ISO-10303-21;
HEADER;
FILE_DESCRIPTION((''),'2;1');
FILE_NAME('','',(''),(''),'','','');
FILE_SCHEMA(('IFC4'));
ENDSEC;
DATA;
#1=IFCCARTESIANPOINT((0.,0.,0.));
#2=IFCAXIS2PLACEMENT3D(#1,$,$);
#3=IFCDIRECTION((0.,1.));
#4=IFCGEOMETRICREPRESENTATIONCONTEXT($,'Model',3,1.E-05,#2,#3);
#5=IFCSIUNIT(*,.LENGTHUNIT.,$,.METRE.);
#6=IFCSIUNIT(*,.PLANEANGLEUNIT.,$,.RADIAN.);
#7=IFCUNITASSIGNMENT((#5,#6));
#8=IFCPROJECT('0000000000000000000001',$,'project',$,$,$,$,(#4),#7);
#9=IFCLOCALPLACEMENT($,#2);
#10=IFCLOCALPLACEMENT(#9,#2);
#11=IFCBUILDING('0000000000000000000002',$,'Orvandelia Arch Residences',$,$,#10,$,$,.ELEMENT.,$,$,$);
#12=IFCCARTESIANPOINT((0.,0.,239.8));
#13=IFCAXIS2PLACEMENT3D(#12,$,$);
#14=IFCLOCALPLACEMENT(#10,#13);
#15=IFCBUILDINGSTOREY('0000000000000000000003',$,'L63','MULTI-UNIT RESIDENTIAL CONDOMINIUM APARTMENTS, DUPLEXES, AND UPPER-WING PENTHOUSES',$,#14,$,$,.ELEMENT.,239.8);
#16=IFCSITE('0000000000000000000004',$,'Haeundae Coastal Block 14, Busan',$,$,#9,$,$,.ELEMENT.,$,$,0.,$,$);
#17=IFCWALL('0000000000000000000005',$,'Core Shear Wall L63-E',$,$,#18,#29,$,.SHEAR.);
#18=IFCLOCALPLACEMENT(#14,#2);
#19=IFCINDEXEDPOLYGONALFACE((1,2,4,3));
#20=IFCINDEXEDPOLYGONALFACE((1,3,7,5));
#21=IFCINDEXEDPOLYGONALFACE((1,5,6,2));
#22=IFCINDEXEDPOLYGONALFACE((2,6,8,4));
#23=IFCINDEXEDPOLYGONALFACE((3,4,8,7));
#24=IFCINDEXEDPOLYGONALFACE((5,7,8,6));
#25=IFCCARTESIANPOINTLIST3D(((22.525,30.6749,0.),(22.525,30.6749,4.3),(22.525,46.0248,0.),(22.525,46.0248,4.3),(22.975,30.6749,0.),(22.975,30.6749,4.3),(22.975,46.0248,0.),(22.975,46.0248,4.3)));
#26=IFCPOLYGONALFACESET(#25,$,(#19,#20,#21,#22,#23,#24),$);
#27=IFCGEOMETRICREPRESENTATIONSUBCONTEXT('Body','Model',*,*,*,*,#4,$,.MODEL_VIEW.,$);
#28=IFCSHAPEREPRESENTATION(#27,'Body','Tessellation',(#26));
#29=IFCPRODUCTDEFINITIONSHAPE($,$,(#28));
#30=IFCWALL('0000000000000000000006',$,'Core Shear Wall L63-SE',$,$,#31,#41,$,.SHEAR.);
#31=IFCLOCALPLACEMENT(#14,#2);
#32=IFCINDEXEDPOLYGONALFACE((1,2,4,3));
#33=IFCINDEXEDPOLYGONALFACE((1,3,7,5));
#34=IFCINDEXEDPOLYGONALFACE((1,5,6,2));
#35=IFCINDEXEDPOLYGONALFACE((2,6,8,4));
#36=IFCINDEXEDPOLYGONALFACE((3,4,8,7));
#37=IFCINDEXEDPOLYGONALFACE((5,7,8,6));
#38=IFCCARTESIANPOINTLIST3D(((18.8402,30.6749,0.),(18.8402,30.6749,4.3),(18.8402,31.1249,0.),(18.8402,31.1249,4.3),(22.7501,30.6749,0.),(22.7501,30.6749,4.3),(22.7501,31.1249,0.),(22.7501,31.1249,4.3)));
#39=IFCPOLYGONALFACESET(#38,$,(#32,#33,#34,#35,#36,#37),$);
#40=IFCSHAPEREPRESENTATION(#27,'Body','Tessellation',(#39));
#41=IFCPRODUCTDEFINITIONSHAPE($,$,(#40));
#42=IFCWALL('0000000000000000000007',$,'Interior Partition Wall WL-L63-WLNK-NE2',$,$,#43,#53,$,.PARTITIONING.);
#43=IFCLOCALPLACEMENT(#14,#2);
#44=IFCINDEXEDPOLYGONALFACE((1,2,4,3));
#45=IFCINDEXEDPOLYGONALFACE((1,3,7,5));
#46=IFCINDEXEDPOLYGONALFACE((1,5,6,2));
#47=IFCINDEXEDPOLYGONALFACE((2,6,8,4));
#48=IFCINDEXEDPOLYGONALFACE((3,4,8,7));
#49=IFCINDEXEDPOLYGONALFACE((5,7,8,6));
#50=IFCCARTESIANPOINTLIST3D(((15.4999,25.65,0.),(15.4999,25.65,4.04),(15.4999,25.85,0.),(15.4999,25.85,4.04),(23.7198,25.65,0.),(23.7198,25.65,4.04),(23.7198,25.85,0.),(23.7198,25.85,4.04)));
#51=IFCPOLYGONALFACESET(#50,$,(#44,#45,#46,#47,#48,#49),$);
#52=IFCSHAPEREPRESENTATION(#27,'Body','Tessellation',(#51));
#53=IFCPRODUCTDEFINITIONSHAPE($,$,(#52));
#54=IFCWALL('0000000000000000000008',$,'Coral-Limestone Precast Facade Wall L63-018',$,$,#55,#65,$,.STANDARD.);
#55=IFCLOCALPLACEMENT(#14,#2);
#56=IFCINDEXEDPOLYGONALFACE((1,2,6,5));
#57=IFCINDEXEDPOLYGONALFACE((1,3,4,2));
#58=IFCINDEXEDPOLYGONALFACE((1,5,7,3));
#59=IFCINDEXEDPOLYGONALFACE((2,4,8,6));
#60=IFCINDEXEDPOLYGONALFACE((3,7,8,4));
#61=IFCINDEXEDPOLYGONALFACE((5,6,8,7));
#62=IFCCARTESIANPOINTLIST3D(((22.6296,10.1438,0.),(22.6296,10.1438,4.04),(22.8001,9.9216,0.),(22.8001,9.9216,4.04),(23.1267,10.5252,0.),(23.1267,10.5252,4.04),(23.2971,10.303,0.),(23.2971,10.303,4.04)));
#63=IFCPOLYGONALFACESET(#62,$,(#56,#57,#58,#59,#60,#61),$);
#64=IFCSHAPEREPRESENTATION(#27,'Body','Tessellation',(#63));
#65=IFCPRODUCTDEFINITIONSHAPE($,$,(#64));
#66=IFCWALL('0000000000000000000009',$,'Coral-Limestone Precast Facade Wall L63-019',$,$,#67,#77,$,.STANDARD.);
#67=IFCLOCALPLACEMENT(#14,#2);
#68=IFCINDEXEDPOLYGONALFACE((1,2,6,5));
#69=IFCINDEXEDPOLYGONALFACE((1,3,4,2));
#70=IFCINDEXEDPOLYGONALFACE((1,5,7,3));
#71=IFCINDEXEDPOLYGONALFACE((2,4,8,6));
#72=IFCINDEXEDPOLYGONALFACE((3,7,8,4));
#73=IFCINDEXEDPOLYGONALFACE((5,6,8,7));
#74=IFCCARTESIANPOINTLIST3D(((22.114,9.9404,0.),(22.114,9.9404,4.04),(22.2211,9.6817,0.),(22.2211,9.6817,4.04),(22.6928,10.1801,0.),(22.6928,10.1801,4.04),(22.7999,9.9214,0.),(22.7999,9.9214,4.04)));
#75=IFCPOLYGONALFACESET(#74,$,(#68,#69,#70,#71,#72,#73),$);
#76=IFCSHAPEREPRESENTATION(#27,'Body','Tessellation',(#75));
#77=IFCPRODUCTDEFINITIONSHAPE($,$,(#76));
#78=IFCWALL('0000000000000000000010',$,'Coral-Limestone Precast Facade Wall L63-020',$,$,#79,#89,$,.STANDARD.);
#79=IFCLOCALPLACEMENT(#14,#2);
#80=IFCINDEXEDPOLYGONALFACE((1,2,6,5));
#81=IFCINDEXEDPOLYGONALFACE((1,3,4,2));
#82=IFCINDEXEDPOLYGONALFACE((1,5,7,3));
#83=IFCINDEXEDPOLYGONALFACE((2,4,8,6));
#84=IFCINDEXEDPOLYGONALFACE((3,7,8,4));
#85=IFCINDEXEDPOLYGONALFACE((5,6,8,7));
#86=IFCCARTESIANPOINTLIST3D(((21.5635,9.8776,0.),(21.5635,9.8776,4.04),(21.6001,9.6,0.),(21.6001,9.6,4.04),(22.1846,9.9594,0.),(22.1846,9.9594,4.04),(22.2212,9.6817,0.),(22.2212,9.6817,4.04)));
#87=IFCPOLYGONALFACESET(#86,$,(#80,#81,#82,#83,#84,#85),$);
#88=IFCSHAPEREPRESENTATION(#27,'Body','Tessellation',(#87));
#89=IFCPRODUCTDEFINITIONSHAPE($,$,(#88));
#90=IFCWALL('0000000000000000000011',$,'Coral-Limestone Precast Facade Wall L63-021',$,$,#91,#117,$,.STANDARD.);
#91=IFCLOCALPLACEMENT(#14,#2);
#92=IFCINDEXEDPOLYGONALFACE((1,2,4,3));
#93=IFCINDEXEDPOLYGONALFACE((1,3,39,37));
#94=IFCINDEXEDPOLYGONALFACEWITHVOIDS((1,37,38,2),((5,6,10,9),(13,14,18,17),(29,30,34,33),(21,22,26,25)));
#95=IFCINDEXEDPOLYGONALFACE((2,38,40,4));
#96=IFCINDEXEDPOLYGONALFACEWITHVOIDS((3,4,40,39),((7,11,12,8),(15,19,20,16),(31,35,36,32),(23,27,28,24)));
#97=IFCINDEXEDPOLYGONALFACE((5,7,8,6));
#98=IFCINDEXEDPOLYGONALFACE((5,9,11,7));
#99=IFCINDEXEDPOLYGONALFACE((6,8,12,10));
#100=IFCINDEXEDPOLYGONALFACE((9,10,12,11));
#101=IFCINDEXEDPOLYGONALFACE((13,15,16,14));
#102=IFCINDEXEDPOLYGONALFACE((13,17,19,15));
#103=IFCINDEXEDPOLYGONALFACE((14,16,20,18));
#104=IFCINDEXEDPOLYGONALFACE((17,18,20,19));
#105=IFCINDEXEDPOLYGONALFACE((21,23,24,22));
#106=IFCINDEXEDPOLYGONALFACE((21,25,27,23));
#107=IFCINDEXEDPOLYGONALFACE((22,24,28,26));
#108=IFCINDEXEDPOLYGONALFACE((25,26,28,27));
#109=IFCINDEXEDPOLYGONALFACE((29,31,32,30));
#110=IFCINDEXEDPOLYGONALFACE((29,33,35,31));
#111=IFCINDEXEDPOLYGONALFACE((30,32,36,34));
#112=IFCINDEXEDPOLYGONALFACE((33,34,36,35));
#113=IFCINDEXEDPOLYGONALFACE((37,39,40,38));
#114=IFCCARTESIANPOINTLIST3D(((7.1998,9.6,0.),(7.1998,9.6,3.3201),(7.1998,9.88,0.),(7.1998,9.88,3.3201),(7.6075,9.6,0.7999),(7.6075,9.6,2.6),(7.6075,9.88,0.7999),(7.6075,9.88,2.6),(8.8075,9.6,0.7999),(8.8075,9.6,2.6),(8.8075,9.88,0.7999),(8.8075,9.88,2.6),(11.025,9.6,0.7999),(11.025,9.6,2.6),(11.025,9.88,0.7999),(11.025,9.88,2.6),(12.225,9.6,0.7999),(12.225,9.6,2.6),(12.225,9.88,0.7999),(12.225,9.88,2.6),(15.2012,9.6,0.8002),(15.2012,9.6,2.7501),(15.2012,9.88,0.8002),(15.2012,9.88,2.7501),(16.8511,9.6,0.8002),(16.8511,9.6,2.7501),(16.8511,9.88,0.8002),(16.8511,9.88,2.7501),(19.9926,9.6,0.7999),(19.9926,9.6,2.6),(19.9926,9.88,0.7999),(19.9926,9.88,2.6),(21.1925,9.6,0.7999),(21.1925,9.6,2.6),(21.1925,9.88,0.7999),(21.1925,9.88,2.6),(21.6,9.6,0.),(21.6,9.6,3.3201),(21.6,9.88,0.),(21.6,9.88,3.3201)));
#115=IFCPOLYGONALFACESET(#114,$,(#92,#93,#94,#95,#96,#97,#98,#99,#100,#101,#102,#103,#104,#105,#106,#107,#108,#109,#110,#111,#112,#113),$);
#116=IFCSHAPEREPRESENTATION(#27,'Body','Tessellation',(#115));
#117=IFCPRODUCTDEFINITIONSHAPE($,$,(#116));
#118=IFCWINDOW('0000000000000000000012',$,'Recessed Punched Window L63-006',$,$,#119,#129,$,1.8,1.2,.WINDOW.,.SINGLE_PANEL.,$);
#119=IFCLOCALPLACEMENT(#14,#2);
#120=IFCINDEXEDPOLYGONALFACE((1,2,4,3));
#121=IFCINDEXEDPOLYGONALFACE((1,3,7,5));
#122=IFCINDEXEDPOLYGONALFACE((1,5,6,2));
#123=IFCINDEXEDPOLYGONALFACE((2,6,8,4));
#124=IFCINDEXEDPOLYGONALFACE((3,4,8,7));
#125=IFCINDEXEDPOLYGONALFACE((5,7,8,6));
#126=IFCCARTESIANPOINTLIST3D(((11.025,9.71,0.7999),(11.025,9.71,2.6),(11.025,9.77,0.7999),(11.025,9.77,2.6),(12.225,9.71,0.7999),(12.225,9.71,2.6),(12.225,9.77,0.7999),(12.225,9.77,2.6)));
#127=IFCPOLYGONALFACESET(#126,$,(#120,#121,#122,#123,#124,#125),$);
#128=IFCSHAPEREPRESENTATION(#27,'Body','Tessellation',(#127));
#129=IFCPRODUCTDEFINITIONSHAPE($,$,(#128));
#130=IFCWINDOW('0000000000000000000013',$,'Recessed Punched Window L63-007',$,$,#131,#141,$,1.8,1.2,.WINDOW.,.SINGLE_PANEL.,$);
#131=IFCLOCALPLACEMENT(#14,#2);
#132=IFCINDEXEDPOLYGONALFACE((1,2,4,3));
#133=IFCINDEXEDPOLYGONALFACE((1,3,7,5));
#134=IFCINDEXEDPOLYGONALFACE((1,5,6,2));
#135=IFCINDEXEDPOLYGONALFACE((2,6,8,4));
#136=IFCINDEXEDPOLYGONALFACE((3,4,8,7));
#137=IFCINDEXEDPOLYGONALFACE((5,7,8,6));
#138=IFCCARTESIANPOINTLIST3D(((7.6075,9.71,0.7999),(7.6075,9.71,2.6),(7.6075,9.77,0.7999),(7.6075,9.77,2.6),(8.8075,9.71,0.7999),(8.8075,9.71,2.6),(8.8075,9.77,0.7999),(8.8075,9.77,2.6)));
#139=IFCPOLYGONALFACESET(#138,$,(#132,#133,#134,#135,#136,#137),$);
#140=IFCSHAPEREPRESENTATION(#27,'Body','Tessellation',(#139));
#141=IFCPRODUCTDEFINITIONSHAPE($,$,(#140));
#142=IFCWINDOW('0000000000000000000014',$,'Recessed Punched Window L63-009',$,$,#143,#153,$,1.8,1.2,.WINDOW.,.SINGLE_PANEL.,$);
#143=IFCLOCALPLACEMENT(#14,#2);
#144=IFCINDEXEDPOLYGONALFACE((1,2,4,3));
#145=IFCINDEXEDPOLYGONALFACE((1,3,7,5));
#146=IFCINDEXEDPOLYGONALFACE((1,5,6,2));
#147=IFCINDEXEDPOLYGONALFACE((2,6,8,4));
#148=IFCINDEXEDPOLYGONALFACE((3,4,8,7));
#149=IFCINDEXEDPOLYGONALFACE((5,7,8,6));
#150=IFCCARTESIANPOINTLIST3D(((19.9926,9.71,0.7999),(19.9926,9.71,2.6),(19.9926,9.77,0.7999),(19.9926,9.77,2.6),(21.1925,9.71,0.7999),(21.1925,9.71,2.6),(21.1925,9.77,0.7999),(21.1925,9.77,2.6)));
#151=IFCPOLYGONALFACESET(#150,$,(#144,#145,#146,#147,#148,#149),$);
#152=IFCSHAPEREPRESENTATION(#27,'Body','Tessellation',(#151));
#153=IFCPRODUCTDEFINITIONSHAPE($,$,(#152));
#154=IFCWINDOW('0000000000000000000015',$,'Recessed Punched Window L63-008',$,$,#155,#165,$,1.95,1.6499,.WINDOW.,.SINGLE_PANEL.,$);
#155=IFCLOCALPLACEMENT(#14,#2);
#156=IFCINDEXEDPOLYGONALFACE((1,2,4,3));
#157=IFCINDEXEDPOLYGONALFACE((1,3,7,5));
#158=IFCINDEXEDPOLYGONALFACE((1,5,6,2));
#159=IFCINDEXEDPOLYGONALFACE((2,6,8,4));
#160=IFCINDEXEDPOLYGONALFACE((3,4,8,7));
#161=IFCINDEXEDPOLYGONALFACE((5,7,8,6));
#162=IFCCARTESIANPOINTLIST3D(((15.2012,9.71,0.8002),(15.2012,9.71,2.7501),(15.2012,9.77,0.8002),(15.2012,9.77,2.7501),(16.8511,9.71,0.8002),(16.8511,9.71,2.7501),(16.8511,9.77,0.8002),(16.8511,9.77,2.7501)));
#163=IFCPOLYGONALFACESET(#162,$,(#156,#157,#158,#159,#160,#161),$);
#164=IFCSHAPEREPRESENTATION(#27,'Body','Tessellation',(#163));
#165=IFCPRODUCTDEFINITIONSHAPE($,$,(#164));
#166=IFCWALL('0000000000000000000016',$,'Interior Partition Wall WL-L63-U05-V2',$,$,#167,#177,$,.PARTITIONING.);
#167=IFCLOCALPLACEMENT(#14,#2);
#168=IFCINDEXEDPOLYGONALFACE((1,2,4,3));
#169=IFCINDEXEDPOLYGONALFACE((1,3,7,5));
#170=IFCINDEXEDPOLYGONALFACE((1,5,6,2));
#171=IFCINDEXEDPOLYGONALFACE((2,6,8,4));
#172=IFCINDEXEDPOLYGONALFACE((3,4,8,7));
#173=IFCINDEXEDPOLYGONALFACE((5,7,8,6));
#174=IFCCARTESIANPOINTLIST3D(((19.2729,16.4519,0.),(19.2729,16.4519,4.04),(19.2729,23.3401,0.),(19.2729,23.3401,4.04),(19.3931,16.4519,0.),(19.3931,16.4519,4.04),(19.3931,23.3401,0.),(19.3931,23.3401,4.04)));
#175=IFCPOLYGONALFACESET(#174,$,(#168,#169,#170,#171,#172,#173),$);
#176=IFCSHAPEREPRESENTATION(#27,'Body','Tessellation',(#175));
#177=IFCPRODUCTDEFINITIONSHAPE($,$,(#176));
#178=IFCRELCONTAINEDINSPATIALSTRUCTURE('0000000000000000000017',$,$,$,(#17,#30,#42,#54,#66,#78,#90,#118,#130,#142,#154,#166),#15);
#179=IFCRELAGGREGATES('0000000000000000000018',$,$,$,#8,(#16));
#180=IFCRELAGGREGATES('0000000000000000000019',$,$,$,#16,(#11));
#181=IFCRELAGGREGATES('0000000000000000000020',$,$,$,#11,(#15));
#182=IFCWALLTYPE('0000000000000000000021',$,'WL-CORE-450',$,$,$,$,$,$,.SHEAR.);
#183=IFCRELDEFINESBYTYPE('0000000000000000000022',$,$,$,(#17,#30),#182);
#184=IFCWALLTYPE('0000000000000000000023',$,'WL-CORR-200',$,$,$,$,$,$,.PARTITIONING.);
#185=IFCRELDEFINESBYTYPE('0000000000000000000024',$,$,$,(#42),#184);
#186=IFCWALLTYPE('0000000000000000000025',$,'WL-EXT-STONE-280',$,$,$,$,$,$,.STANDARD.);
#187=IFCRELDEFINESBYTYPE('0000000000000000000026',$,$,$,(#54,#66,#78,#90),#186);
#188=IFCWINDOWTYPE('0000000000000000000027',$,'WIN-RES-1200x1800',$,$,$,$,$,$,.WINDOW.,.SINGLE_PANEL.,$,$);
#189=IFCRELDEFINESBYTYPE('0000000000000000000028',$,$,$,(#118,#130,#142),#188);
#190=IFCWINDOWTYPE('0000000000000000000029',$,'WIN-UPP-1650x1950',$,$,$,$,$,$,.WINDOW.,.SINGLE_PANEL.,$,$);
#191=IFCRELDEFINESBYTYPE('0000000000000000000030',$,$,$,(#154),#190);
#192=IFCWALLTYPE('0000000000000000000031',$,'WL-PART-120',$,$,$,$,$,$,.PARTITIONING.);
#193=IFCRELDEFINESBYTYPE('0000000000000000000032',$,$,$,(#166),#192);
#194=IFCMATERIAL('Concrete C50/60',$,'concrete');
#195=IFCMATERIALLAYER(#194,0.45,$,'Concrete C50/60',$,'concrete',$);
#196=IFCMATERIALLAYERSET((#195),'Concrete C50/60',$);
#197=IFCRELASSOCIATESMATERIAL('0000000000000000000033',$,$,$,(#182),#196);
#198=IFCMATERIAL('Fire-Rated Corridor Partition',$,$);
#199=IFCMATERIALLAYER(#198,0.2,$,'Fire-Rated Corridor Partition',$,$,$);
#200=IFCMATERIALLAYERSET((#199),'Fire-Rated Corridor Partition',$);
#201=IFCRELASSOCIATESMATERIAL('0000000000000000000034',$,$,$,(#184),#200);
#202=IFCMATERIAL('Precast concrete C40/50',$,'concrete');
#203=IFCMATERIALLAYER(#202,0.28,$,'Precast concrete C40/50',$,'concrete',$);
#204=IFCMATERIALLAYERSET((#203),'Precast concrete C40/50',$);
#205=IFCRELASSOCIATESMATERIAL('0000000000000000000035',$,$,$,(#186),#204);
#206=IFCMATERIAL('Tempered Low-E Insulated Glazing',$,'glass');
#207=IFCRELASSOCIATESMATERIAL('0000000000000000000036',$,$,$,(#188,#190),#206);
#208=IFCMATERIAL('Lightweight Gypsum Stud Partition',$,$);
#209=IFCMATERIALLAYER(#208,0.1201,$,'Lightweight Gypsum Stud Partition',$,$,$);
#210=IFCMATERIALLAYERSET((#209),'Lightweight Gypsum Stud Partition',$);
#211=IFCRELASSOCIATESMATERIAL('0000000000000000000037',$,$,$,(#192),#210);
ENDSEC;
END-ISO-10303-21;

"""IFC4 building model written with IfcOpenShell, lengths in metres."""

from ifc_helpers import new_model, si_unit, direction, frame, frame_2d, origin, place, context, subcontext, project, spatial, rectangle, extrude, material, layer, layer_set, type_object, element, fill, save


model = new_model("IFC4")

# Units and contexts
model_context = context("Model", 3, precision=1e-05, world=origin(), true_north=direction((0.0, 1.0)))
body_context = subcontext(model_context, "Body", "Model", "MODEL_VIEW")
ifc_project = project(units=[si_unit("LENGTHUNIT", "METRE"), si_unit("PLANEANGLEUNIT", "RADIAN")], contexts=[model_context])

# Site, building, storey
site_placement = place(None, origin())
site = spatial("IfcSite", under=ifc_project, at=site_placement, Name="Haeundae Coastal Block 14, Busan", CompositionType="ELEMENT", RefElevation=0.0)
building_placement = place(site_placement, origin())
building = spatial("IfcBuilding", under=site, at=building_placement, Name="Orvandelia Arch Residences", CompositionType="ELEMENT")
storey_placement = place(building_placement, frame((0.0, 0.0, 239.8)))
storey = spatial("IfcBuildingStorey", under=building, at=storey_placement, Name="L63", Description="MULTI-UNIT RESIDENTIAL CONDOMINIUM APARTMENTS, DUPLEXES, AND UPPER-WING PENTHOUSES", CompositionType="ELEMENT", Elevation=239.8)

# Shared definitions
ifc_material_1 = material(Name="Concrete C50/60", Category="concrete")

# Walls
ifc_layer_1 = layer(ifc_material_1, 0.45, Name="Concrete C50/60", Category="concrete")
ifc_layer_set_1 = layer_set([ifc_layer_1], Name="Concrete C50/60")
wall_type_1 = type_object("IfcWallType", Name="WL-CORE-450", PredefinedType="SHEAR", material=ifc_layer_set_1)
wall_1_placement = place(storey_placement, frame((22.75, 30.675, 0.0), z_axis=(0.0, 0.0, 1.0), x_axis=(0.0, 1.0, 0.0)))
element("IfcWall", 1, at=wall_1_placement, inside=storey, type_object=wall_type_1, Name="Core Shear Wall L63-E", PredefinedType="SHEAR", context=body_context, shape_type="SweptSolid", body=[
    extrude(rectangle(XDim=15.3499, YDim=0.45, at=frame_2d((7.6748, 0.0))), origin(), (0.0, 0.0, 1.0), 4.3),
])
wall_2_placement = place(storey_placement, frame((18.8401, 30.8999, 0.0), z_axis=(0.0, 0.0, 1.0), x_axis=(1.0, 0.0, 0.0)))
element("IfcWall", 2, at=wall_2_placement, inside=storey, type_object=wall_type_1, Name="Core Shear Wall L63-SE", PredefinedType="SHEAR", context=body_context, shape_type="SweptSolid", body=[
    extrude(rectangle(XDim=3.9099, YDim=0.45, at=frame_2d((1.9551, 0.0))), origin(), (0.0, 0.0, 1.0), 4.3),
])
ifc_material_2 = material(Name="Fire-Rated Corridor Partition")
ifc_layer_2 = layer(ifc_material_2, 0.2, Name="Fire-Rated Corridor Partition")
ifc_layer_set_2 = layer_set([ifc_layer_2], Name="Fire-Rated Corridor Partition")
wall_type_2 = type_object("IfcWallType", Name="WL-CORR-200", PredefinedType="PARTITIONING", material=ifc_layer_set_2)
wall_3_placement = place(storey_placement, frame((15.5, 25.75, 0.0), z_axis=(0.0, 0.0, 1.0), x_axis=(1.0, 0.0, 0.0)))
element("IfcWall", 3, at=wall_3_placement, inside=storey, type_object=wall_type_2, Name="Interior Partition Wall WL-L63-WLNK-NE2", PredefinedType="PARTITIONING", context=body_context, shape_type="SweptSolid", body=[
    extrude(rectangle(XDim=8.22, YDim=0.2, at=frame_2d((4.1099, 0.0))), origin(), (0.0, 0.0, 1.0), 4.04),
])
ifc_material_3 = material(Name="Precast concrete C40/50", Category="concrete")
ifc_layer_3 = layer(ifc_material_3, 0.28, Name="Precast concrete C40/50", Category="concrete")
ifc_layer_set_3 = layer_set([ifc_layer_3], Name="Precast concrete C40/50")
wall_type_3 = type_object("IfcWallType", Name="WL-EXT-STONE-280", PredefinedType="STANDARD", material=ifc_layer_set_3)
for number, where, z_axis, x_axis, name in (
    (4, (23.2119, 10.4141, 0.0), (0.0, 0.0, 1.0), (-0.793406, -0.608693, 0.0), "Coral-Limestone Precast Facade Wall L63-018"),
    (5, (22.7463, 10.0508, 0.0), (0.0, 0.0, 1.0), (-0.923893, -0.38265, 0.0), "Coral-Limestone Precast Facade Wall L63-019"),
    (6, (22.2029, 9.8206, 0.0), (0.0, 0.0, 1.0), (-0.991441, -0.130555, 0.0), "Coral-Limestone Precast Facade Wall L63-020"),
):
    element("IfcWall", number, at=place(storey_placement, frame(where, z_axis=z_axis, x_axis=x_axis)), inside=storey, type_object=wall_type_3, Name=name, PredefinedType="STANDARD", context=body_context, shape_type="SweptSolid", body=[
        extrude(rectangle(XDim=0.6265, YDim=0.28, at=frame_2d((0.3132, 0.0))), origin(), (0.0, 0.0, 1.0), 4.04),
    ])

# Wall, openings, windows
wall_4_placement = place(storey_placement, frame((21.6001, 9.74, 0.0), z_axis=(0.0, 0.0, 1.0), x_axis=(-1.0, 0.0, 0.0)))
wall_4 = element("IfcWall", 7, at=wall_4_placement, inside=storey, type_object=wall_type_3, Name="Coral-Limestone Precast Facade Wall L63-021", PredefinedType="STANDARD", context=body_context, shape_type="SweptSolid", body=[
    extrude(rectangle(XDim=14.4001, YDim=0.28, at=frame_2d((7.2002, 0.0))), origin(), (0.0, 0.0, 1.0), 3.3201),
])
opening_1_placement = place(wall_4_placement, frame((9.375, 0.0, 0.8)))
opening_1 = element("IfcOpeningElement", 8, at=opening_1_placement, cuts=wall_4, PredefinedType="OPENING", context=body_context, shape_type="SweptSolid", body=[
    extrude(rectangle(XDim=1.2, YDim=1.8, at=frame_2d((0.6001, 0.8999))), frame((0.0, 0.1499, 0.0), z_axis=(0.0, -1.0, 0.0), x_axis=(1.0, 0.0, 0.0)), (0.0, 0.0, 1.0), 0.3),
])
opening_2_placement = place(wall_4_placement, frame((12.7925, 0.0, 0.8)))
opening_2 = element("IfcOpeningElement", 9, at=opening_2_placement, cuts=wall_4, PredefinedType="OPENING", context=body_context, shape_type="SweptSolid", body=[
    extrude(rectangle(XDim=1.2, YDim=1.8, at=frame_2d((0.6001, 0.8999))), frame((0.0, 0.1499, 0.0), z_axis=(0.0, -1.0, 0.0), x_axis=(1.0, 0.0, 0.0)), (0.0, 0.0, 1.0), 0.3),
])
opening_3_placement = place(wall_4_placement, frame((4.749, 0.0, 0.8)))
opening_3 = element("IfcOpeningElement", 10, at=opening_3_placement, cuts=wall_4, PredefinedType="OPENING", context=body_context, shape_type="SweptSolid", body=[
    extrude(rectangle(XDim=1.6499, YDim=1.95, at=frame_2d((0.825, 0.9751))), frame((0.0, 0.1499, 0.0), z_axis=(0.0, -1.0, 0.0), x_axis=(1.0, 0.0, 0.0)), (0.0, 0.0, 1.0), 0.3),
])
opening_4_placement = place(wall_4_placement, frame((0.4075, 0.0, 0.8)))
opening_4 = element("IfcOpeningElement", 11, at=opening_4_placement, cuts=wall_4, PredefinedType="OPENING", context=body_context, shape_type="SweptSolid", body=[
    extrude(rectangle(XDim=1.2, YDim=1.8, at=frame_2d((0.6001, 0.8999))), frame((0.0, 0.1499, 0.0), z_axis=(0.0, -1.0, 0.0), x_axis=(1.0, 0.0, 0.0)), (0.0, 0.0, 1.0), 0.3),
])
ifc_material_4 = material(Name="Tempered Low-E Insulated Glazing", Category="glass")
window_type_1 = type_object("IfcWindowType", Name="WIN-RES-1200x1800", PartitioningType="SINGLE_PANEL", PredefinedType="WINDOW", material=ifc_material_4)
window_1_placement = place(opening_1_placement, origin())
window_1 = element("IfcWindow", 12, at=window_1_placement, inside=storey, type_object=window_type_1, Name="Recessed Punched Window L63-006", OverallHeight=1.8, OverallWidth=1.2, PartitioningType="SINGLE_PANEL", PredefinedType="WINDOW", context=body_context, shape_type="SweptSolid", body=[
    extrude(rectangle(XDim=1.2, YDim=1.8, at=frame_2d((0.6001, 0.8999))), frame((0.0, 0.03, 0.0), z_axis=(0.0, -1.0, 0.0), x_axis=(1.0, 0.0, 0.0)), (0.0, 0.0, 1.0), 0.0601),
])
fill(opening_1, window_1)
window_2_placement = place(opening_2_placement, origin())
window_2 = element("IfcWindow", 13, at=window_2_placement, inside=storey, type_object=window_type_1, Name="Recessed Punched Window L63-007", OverallHeight=1.8, OverallWidth=1.2, PartitioningType="SINGLE_PANEL", PredefinedType="WINDOW", context=body_context, shape_type="SweptSolid", body=[
    extrude(rectangle(XDim=1.2, YDim=1.8, at=frame_2d((0.6001, 0.8999))), frame((0.0, 0.03, 0.0), z_axis=(0.0, -1.0, 0.0), x_axis=(1.0, 0.0, 0.0)), (0.0, 0.0, 1.0), 0.0601),
])
fill(opening_2, window_2)
window_3_placement = place(opening_4_placement, origin())
window_3 = element("IfcWindow", 14, at=window_3_placement, inside=storey, type_object=window_type_1, Name="Recessed Punched Window L63-009", OverallHeight=1.8, OverallWidth=1.2, PartitioningType="SINGLE_PANEL", PredefinedType="WINDOW", context=body_context, shape_type="SweptSolid", body=[
    extrude(rectangle(XDim=1.2, YDim=1.8, at=frame_2d((0.6001, 0.8999))), frame((0.0, 0.03, 0.0), z_axis=(0.0, -1.0, 0.0), x_axis=(1.0, 0.0, 0.0)), (0.0, 0.0, 1.0), 0.0601),
])
fill(opening_4, window_3)
window_type_2 = type_object("IfcWindowType", Name="WIN-UPP-1650x1950", PartitioningType="SINGLE_PANEL", PredefinedType="WINDOW", material=ifc_material_4)
window_4_placement = place(opening_3_placement, origin())
window_4 = element("IfcWindow", 15, at=window_4_placement, inside=storey, type_object=window_type_2, Name="Recessed Punched Window L63-008", OverallHeight=1.95, OverallWidth=1.6499, PartitioningType="SINGLE_PANEL", PredefinedType="WINDOW", context=body_context, shape_type="SweptSolid", body=[
    extrude(rectangle(XDim=1.6499, YDim=1.95, at=frame_2d((0.825, 0.9751))), frame((0.0, 0.03, 0.0), z_axis=(0.0, -1.0, 0.0), x_axis=(1.0, 0.0, 0.0)), (0.0, 0.0, 1.0), 0.0601),
])
fill(opening_3, window_4)

# Wall
ifc_material_5 = material(Name="Lightweight Gypsum Stud Partition")
ifc_layer_4 = layer(ifc_material_5, 0.1201, Name="Lightweight Gypsum Stud Partition")
ifc_layer_set_4 = layer_set([ifc_layer_4], Name="Lightweight Gypsum Stud Partition")
wall_type_4 = type_object("IfcWallType", Name="WL-PART-120", PredefinedType="PARTITIONING", material=ifc_layer_set_4)
wall_5_placement = place(storey_placement, frame((19.333, 16.4519, 0.0), z_axis=(0.0, 0.0, 1.0), x_axis=(0.0, 1.0, 0.0)))
element("IfcWall", 16, at=wall_5_placement, inside=storey, type_object=wall_type_4, Name="Interior Partition Wall WL-L63-U05-V2", PredefinedType="PARTITIONING", context=body_context, shape_type="SweptSolid", body=[
    extrude(rectangle(XDim=6.8882, YDim=0.1201, at=frame_2d((3.4441, 0.0))), origin(), (0.0, 0.0, 1.0), 4.04),
])

save(model, "model.ifc")
